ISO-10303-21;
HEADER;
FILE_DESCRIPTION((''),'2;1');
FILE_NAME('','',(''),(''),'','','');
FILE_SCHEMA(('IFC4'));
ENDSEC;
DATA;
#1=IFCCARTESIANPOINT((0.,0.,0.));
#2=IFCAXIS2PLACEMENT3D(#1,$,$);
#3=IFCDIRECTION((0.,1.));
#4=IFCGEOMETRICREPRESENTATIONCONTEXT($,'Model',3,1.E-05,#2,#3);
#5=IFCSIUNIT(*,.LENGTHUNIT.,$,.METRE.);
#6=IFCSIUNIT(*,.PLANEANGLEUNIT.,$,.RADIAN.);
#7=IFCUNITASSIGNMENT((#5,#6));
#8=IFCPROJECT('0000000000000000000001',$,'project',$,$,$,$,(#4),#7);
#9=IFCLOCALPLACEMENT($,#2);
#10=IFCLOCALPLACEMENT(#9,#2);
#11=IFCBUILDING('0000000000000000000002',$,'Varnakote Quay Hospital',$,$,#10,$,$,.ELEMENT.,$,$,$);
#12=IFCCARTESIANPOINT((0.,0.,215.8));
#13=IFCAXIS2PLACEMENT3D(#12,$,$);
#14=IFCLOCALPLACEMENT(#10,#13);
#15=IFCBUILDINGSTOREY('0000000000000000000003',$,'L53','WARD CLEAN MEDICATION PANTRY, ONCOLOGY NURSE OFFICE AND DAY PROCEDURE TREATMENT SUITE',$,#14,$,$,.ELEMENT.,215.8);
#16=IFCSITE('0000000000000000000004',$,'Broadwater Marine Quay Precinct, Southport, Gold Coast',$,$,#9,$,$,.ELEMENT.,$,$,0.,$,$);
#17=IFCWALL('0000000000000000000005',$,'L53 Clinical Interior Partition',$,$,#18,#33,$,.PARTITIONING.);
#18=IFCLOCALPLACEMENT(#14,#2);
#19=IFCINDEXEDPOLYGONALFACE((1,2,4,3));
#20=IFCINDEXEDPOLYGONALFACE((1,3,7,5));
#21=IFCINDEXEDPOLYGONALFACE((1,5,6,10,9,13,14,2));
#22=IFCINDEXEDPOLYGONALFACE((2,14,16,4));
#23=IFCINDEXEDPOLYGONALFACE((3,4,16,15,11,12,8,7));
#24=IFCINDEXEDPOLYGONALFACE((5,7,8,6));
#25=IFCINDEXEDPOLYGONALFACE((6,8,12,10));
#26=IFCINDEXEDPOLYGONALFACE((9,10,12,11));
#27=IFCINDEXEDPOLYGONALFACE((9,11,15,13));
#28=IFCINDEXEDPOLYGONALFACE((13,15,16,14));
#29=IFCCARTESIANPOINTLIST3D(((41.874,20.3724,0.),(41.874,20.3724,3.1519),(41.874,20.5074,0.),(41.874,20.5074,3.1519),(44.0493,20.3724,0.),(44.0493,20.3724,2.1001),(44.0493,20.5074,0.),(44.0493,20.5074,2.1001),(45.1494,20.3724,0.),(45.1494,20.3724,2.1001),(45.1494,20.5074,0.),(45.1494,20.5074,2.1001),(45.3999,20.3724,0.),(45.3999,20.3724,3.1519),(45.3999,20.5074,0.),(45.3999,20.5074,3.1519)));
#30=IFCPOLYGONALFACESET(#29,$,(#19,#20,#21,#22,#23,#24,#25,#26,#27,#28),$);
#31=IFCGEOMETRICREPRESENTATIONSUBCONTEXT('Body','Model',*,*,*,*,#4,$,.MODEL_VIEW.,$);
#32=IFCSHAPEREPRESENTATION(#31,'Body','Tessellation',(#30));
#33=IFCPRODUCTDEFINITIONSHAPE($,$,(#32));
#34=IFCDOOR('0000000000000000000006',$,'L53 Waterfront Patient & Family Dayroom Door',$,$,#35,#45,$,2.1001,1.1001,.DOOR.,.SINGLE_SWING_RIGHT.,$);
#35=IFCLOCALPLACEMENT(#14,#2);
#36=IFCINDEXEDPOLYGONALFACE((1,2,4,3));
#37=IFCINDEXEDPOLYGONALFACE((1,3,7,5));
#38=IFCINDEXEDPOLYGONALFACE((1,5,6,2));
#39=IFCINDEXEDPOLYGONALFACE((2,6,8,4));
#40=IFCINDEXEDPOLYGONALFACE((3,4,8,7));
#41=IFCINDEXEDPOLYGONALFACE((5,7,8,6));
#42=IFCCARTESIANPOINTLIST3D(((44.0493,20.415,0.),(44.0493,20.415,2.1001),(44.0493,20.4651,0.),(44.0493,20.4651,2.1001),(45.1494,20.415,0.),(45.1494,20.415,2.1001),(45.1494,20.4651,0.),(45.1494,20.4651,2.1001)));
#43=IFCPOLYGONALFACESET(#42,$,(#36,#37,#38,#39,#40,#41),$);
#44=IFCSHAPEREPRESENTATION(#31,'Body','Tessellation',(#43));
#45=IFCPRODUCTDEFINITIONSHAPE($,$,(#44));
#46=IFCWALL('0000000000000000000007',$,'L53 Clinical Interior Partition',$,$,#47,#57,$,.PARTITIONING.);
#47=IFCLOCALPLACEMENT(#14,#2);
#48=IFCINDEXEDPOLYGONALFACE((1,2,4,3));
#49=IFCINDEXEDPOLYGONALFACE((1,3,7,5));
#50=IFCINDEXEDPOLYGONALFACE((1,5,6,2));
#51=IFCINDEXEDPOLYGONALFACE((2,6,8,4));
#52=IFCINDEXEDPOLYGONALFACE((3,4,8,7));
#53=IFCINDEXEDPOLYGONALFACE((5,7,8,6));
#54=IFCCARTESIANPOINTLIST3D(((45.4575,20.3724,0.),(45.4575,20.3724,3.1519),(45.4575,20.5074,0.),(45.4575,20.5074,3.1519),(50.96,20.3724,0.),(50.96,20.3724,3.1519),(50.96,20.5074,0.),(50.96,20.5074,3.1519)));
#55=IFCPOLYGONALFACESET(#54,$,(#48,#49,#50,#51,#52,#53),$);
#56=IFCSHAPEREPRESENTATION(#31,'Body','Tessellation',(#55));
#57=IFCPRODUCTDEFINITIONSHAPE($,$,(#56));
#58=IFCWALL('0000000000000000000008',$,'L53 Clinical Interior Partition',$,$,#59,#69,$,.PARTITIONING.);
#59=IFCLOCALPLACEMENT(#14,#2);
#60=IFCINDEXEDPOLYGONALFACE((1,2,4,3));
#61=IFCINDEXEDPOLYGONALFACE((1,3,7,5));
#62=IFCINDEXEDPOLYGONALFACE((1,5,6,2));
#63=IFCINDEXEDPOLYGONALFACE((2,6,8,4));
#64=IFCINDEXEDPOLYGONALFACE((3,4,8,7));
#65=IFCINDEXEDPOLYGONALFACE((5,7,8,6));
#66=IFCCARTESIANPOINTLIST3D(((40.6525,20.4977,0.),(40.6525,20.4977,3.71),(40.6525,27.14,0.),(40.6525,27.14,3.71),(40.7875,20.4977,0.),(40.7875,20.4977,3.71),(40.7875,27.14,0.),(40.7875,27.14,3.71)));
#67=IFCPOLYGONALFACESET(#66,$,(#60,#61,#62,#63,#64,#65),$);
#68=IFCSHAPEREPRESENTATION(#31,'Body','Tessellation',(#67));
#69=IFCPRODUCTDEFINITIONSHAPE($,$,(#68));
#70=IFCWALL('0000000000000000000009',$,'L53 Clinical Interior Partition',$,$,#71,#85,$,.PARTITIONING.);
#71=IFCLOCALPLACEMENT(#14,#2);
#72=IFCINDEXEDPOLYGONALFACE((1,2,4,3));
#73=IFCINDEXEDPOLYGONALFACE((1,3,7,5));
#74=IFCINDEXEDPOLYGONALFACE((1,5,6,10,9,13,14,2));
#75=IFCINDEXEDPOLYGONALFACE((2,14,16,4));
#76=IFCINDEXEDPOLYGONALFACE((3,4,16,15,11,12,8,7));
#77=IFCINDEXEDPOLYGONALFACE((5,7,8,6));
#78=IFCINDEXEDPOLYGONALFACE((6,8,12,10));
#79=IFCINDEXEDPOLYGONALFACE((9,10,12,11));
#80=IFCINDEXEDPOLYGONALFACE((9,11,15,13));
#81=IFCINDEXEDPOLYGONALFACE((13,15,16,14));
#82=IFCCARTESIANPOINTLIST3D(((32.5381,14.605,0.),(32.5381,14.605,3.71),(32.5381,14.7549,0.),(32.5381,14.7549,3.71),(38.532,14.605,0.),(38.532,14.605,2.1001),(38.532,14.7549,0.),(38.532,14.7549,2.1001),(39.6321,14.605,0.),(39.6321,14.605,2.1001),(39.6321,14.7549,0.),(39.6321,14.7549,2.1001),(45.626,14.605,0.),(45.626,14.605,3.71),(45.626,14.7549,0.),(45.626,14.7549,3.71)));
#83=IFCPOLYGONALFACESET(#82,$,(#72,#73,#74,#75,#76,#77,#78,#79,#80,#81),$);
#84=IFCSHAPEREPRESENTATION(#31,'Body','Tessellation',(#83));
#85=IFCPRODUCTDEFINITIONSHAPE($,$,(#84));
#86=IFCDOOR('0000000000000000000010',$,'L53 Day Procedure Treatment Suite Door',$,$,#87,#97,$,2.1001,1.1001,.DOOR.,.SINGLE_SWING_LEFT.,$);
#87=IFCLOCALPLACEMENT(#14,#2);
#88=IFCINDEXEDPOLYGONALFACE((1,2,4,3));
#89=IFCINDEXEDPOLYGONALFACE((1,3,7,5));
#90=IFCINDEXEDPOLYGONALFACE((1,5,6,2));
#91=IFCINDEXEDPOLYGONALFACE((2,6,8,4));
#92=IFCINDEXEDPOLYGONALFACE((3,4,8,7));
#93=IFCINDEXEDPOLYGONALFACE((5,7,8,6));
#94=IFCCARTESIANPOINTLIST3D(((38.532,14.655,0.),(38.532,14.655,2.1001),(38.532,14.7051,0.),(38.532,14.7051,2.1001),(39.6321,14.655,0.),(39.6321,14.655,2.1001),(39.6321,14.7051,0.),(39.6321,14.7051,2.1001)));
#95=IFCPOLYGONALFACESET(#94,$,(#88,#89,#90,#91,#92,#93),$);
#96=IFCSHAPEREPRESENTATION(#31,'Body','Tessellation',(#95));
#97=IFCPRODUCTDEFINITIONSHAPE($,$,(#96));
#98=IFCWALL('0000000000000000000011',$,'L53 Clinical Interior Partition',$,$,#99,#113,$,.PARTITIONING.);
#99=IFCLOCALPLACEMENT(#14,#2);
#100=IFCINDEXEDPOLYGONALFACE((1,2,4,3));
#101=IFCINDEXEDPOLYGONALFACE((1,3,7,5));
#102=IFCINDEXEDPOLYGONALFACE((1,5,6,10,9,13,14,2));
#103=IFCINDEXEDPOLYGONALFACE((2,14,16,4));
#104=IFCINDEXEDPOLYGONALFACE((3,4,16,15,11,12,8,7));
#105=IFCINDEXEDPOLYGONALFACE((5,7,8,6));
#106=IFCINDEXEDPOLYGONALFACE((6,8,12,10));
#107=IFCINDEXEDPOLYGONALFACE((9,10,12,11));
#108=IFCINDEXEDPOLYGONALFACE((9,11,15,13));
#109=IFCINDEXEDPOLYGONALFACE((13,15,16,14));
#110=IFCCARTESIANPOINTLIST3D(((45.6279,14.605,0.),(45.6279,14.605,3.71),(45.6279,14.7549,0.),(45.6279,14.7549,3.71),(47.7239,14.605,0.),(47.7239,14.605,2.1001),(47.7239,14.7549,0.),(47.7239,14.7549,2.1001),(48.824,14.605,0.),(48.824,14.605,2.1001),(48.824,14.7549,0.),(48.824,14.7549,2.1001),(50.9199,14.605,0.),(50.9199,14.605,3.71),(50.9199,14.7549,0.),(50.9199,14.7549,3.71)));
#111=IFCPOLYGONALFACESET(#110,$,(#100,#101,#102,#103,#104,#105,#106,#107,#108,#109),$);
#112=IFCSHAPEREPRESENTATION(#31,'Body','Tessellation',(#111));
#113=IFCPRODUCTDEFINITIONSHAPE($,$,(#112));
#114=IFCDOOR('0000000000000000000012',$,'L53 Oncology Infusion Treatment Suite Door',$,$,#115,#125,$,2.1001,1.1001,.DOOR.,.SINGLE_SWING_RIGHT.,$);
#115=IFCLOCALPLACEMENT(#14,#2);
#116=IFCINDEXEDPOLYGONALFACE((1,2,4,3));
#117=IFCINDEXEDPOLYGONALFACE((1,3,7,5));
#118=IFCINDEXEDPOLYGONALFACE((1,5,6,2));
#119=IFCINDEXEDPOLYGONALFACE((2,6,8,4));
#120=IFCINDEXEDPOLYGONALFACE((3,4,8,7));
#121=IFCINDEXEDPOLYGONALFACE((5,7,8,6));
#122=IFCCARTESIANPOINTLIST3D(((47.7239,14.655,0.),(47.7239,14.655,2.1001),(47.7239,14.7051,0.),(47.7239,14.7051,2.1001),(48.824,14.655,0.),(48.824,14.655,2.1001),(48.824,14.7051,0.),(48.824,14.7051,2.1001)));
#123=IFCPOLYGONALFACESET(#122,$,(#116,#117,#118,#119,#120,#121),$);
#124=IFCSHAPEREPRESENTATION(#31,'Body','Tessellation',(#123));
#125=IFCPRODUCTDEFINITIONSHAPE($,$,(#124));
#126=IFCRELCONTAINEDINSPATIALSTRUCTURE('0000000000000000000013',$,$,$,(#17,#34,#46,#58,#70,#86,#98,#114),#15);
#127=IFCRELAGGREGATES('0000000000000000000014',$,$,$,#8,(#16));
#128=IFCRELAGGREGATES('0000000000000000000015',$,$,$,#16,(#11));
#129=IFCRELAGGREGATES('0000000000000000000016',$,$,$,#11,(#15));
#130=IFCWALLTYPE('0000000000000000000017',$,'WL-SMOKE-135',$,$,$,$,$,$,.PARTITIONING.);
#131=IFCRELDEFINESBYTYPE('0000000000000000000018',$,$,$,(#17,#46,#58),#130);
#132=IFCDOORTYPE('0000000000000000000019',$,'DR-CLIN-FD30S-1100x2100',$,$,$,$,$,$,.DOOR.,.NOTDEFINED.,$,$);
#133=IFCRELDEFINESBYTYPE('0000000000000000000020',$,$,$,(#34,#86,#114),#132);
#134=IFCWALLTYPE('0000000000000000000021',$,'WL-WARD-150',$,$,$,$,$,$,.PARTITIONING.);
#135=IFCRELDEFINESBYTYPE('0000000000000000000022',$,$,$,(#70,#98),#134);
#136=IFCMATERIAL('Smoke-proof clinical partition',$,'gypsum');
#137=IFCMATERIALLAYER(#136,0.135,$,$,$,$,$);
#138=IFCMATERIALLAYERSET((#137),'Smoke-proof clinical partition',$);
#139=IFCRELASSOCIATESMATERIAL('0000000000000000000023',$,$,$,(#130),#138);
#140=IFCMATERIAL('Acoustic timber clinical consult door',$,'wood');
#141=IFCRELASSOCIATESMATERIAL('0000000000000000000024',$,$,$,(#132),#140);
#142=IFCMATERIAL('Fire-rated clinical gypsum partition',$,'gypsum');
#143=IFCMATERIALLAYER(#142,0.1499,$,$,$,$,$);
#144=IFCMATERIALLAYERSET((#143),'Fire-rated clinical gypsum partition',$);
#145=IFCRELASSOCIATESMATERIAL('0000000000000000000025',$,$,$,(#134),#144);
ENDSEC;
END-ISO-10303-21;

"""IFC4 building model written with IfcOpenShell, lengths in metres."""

from ifc_helpers import new_model, si_unit, direction, frame, frame_2d, origin, place, context, subcontext, project, spatial, rectangle, extrude, material, layer, layer_set, type_object, element, fill, save


model = new_model("IFC4")

# Units and contexts
model_context = context("Model", 3, precision=1e-05, world=origin(), true_north=direction((0.0, 1.0)))
body_context = subcontext(model_context, "Body", "Model", "MODEL_VIEW")
ifc_project = project(units=[si_unit("LENGTHUNIT", "METRE"), si_unit("PLANEANGLEUNIT", "RADIAN")], contexts=[model_context])

# Site, building, storey
site_placement = place(None, origin())
site = spatial("IfcSite", under=ifc_project, at=site_placement, Name="Broadwater Marine Quay Precinct, Southport, Gold Coast", CompositionType="ELEMENT", RefElevation=0.0)
building_placement = place(site_placement, origin())
building = spatial("IfcBuilding", under=site, at=building_placement, Name="Varnakote Quay Hospital", CompositionType="ELEMENT")
storey_placement = place(building_placement, frame((0.0, 0.0, 215.8)))
storey = spatial("IfcBuildingStorey", under=building, at=storey_placement, Name="L53", Description="WARD CLEAN MEDICATION PANTRY, ONCOLOGY NURSE OFFICE AND DAY PROCEDURE TREATMENT SUITE", CompositionType="ELEMENT", Elevation=215.8)

# Shared definitions
ifc_material_1 = material(Name="Smoke-proof clinical partition", Category="gypsum")
ifc_layer_1 = layer(ifc_material_1, 0.135)
ifc_layer_set_1 = layer_set([ifc_layer_1], Name="Smoke-proof clinical partition")
wall_type_1 = type_object("IfcWallType", Name="WL-SMOKE-135", PredefinedType="PARTITIONING", material=ifc_layer_set_1)

# Wall, opening, door
ifc_material_2 = material(Name="Acoustic timber clinical consult door", Category="wood")
door_type = type_object("IfcDoorType", Name="DR-CLIN-FD30S-1100x2100", OperationType="NOTDEFINED", PredefinedType="DOOR", material=ifc_material_2)
wall_1_placement = place(storey_placement, frame((45.3999, 20.4399, 0.0), z_axis=(0.0, 0.0, 1.0), x_axis=(-1.0, 0.0, 0.0)))
wall_1 = element("IfcWall", 1, at=wall_1_placement, inside=storey, type_object=wall_type_1, Name="L53 Clinical Interior Partition", PredefinedType="PARTITIONING", context=body_context, shape_type="SweptSolid", body=[
    extrude(rectangle(XDim=3.5259, YDim=0.135, at=frame_2d((1.7629, 0.0))), origin(), (0.0, 0.0, 1.0), 3.1519),
])
opening_1_placement = place(wall_1_placement, frame((0.2505, 0.0, 0.0)))
opening_1 = element("IfcOpeningElement", 2, at=opening_1_placement, cuts=wall_1, PredefinedType="OPENING", context=body_context, shape_type="SweptSolid", body=[
    extrude(rectangle(XDim=1.1001, YDim=2.1001, at=frame_2d((0.55, 1.05))), frame((0.0, 0.0774, 0.0), z_axis=(0.0, -1.0, 0.0), x_axis=(1.0, 0.0, 0.0)), (0.0, 0.0, 1.0), 0.155),
])
door_1_placement = place(opening_1_placement, origin())
door_1 = element("IfcDoor", 3, at=door_1_placement, inside=storey, type_object=door_type, Name="L53 Waterfront Patient & Family Dayroom Door", OperationType="SINGLE_SWING_RIGHT", OverallHeight=2.1001, OverallWidth=1.1001, PredefinedType="DOOR", context=body_context, shape_type="SweptSolid", body=[
    extrude(rectangle(XDim=1.1001, YDim=2.1001, at=frame_2d((0.55, 1.05))), frame((0.0, 0.0249, 0.0), z_axis=(0.0, -1.0, 0.0), x_axis=(1.0, 0.0, 0.0)), (0.0, 0.0, 1.0), 0.05),
])
fill(opening_1, door_1)

# Walls
wall_2_placement = place(storey_placement, frame((50.96, 20.4399, 0.0), z_axis=(0.0, 0.0, 1.0), x_axis=(-1.0, 0.0, 0.0)))
element("IfcWall", 4, at=wall_2_placement, inside=storey, type_object=wall_type_1, Name="L53 Clinical Interior Partition", PredefinedType="PARTITIONING", context=body_context, shape_type="SweptSolid", body=[
    extrude(rectangle(XDim=5.5024, YDim=0.135, at=frame_2d((2.7512, 0.0))), origin(), (0.0, 0.0, 1.0), 3.1519),
])
wall_3_placement = place(storey_placement, frame((40.72, 20.4976, 0.0), z_axis=(0.0, 0.0, 1.0), x_axis=(0.0, 1.0, 0.0)))
element("IfcWall", 5, at=wall_3_placement, inside=storey, type_object=wall_type_1, Name="L53 Clinical Interior Partition", PredefinedType="PARTITIONING", context=body_context, shape_type="SweptSolid", body=[
    extrude(rectangle(XDim=6.6423, YDim=0.135, at=frame_2d((3.3213, 0.0))), origin(), (0.0, 0.0, 1.0), 3.71),
])

# Walls, openings, doors
ifc_material_3 = material(Name="Fire-rated clinical gypsum partition", Category="gypsum")
ifc_layer_2 = layer(ifc_material_3, 0.1499)
ifc_layer_set_2 = layer_set([ifc_layer_2], Name="Fire-rated clinical gypsum partition")
wall_type_2 = type_object("IfcWallType", Name="WL-WARD-150", PredefinedType="PARTITIONING", material=ifc_layer_set_2)
wall_4_placement = place(storey_placement, frame((45.626, 14.6799, 0.0), z_axis=(0.0, 0.0, 1.0), x_axis=(-1.0, 0.0, 0.0)))
wall_4 = element("IfcWall", 6, at=wall_4_placement, inside=storey, type_object=wall_type_2, Name="L53 Clinical Interior Partition", PredefinedType="PARTITIONING", context=body_context, shape_type="SweptSolid", body=[
    extrude(rectangle(XDim=13.0879, YDim=0.1499, at=frame_2d((6.5439, 0.0))), origin(), (0.0, 0.0, 1.0), 3.71),
])
opening_2_placement = place(wall_4_placement, frame((5.9939, 0.0, 0.0)))
opening_2 = element("IfcOpeningElement", 7, at=opening_2_placement, cuts=wall_4, PredefinedType="OPENING", context=body_context, shape_type="SweptSolid", body=[
    extrude(rectangle(XDim=1.1001, YDim=2.1001, at=frame_2d((0.55, 1.05))), frame((0.0, 0.085, 0.0), z_axis=(0.0, -1.0, 0.0), x_axis=(1.0, 0.0, 0.0)), (0.0, 0.0, 1.0), 0.1699),
])
door_2_placement = place(opening_2_placement, origin())
door_2 = element("IfcDoor", 8, at=door_2_placement, inside=storey, type_object=door_type, Name="L53 Day Procedure Treatment Suite Door", OperationType="SINGLE_SWING_LEFT", OverallHeight=2.1001, OverallWidth=1.1001, PredefinedType="DOOR", context=body_context, shape_type="SweptSolid", body=[
    extrude(rectangle(XDim=1.1001, YDim=2.1001, at=frame_2d((0.55, 1.05))), frame((0.0, 0.0249, 0.0), z_axis=(0.0, -1.0, 0.0), x_axis=(1.0, 0.0, 0.0)), (0.0, 0.0, 1.0), 0.05),
])
fill(opening_2, door_2)
wall_5_placement = place(storey_placement, frame((50.9199, 14.6799, 0.0), z_axis=(0.0, 0.0, 1.0), x_axis=(-1.0, 0.0, 0.0)))
wall_5 = element("IfcWall", 9, at=wall_5_placement, inside=storey, type_object=wall_type_2, Name="L53 Clinical Interior Partition", PredefinedType="PARTITIONING", context=body_context, shape_type="SweptSolid", body=[
    extrude(rectangle(XDim=5.292, YDim=0.1499, at=frame_2d((2.646, 0.0))), origin(), (0.0, 0.0, 1.0), 3.71),
])
opening_3_placement = place(wall_5_placement, frame((2.0959, 0.0, 0.0)))
opening_3 = element("IfcOpeningElement", 10, at=opening_3_placement, cuts=wall_5, PredefinedType="OPENING", context=body_context, shape_type="SweptSolid", body=[
    extrude(rectangle(XDim=1.1001, YDim=2.1001, at=frame_2d((0.55, 1.05))), frame((0.0, 0.085, 0.0), z_axis=(0.0, -1.0, 0.0), x_axis=(1.0, 0.0, 0.0)), (0.0, 0.0, 1.0), 0.1699),
])
door_3_placement = place(opening_3_placement, origin())
door_3 = element("IfcDoor", 11, at=door_3_placement, inside=storey, type_object=door_type, Name="L53 Oncology Infusion Treatment Suite Door", OperationType="SINGLE_SWING_RIGHT", OverallHeight=2.1001, OverallWidth=1.1001, PredefinedType="DOOR", context=body_context, shape_type="SweptSolid", body=[
    extrude(rectangle(XDim=1.1001, YDim=2.1001, at=frame_2d((0.55, 1.05))), frame((0.0, 0.0249, 0.0), z_axis=(0.0, -1.0, 0.0), x_axis=(1.0, 0.0, 0.0)), (0.0, 0.0, 1.0), 0.05),
])
fill(opening_3, door_3)

save(model, "model.ifc")
